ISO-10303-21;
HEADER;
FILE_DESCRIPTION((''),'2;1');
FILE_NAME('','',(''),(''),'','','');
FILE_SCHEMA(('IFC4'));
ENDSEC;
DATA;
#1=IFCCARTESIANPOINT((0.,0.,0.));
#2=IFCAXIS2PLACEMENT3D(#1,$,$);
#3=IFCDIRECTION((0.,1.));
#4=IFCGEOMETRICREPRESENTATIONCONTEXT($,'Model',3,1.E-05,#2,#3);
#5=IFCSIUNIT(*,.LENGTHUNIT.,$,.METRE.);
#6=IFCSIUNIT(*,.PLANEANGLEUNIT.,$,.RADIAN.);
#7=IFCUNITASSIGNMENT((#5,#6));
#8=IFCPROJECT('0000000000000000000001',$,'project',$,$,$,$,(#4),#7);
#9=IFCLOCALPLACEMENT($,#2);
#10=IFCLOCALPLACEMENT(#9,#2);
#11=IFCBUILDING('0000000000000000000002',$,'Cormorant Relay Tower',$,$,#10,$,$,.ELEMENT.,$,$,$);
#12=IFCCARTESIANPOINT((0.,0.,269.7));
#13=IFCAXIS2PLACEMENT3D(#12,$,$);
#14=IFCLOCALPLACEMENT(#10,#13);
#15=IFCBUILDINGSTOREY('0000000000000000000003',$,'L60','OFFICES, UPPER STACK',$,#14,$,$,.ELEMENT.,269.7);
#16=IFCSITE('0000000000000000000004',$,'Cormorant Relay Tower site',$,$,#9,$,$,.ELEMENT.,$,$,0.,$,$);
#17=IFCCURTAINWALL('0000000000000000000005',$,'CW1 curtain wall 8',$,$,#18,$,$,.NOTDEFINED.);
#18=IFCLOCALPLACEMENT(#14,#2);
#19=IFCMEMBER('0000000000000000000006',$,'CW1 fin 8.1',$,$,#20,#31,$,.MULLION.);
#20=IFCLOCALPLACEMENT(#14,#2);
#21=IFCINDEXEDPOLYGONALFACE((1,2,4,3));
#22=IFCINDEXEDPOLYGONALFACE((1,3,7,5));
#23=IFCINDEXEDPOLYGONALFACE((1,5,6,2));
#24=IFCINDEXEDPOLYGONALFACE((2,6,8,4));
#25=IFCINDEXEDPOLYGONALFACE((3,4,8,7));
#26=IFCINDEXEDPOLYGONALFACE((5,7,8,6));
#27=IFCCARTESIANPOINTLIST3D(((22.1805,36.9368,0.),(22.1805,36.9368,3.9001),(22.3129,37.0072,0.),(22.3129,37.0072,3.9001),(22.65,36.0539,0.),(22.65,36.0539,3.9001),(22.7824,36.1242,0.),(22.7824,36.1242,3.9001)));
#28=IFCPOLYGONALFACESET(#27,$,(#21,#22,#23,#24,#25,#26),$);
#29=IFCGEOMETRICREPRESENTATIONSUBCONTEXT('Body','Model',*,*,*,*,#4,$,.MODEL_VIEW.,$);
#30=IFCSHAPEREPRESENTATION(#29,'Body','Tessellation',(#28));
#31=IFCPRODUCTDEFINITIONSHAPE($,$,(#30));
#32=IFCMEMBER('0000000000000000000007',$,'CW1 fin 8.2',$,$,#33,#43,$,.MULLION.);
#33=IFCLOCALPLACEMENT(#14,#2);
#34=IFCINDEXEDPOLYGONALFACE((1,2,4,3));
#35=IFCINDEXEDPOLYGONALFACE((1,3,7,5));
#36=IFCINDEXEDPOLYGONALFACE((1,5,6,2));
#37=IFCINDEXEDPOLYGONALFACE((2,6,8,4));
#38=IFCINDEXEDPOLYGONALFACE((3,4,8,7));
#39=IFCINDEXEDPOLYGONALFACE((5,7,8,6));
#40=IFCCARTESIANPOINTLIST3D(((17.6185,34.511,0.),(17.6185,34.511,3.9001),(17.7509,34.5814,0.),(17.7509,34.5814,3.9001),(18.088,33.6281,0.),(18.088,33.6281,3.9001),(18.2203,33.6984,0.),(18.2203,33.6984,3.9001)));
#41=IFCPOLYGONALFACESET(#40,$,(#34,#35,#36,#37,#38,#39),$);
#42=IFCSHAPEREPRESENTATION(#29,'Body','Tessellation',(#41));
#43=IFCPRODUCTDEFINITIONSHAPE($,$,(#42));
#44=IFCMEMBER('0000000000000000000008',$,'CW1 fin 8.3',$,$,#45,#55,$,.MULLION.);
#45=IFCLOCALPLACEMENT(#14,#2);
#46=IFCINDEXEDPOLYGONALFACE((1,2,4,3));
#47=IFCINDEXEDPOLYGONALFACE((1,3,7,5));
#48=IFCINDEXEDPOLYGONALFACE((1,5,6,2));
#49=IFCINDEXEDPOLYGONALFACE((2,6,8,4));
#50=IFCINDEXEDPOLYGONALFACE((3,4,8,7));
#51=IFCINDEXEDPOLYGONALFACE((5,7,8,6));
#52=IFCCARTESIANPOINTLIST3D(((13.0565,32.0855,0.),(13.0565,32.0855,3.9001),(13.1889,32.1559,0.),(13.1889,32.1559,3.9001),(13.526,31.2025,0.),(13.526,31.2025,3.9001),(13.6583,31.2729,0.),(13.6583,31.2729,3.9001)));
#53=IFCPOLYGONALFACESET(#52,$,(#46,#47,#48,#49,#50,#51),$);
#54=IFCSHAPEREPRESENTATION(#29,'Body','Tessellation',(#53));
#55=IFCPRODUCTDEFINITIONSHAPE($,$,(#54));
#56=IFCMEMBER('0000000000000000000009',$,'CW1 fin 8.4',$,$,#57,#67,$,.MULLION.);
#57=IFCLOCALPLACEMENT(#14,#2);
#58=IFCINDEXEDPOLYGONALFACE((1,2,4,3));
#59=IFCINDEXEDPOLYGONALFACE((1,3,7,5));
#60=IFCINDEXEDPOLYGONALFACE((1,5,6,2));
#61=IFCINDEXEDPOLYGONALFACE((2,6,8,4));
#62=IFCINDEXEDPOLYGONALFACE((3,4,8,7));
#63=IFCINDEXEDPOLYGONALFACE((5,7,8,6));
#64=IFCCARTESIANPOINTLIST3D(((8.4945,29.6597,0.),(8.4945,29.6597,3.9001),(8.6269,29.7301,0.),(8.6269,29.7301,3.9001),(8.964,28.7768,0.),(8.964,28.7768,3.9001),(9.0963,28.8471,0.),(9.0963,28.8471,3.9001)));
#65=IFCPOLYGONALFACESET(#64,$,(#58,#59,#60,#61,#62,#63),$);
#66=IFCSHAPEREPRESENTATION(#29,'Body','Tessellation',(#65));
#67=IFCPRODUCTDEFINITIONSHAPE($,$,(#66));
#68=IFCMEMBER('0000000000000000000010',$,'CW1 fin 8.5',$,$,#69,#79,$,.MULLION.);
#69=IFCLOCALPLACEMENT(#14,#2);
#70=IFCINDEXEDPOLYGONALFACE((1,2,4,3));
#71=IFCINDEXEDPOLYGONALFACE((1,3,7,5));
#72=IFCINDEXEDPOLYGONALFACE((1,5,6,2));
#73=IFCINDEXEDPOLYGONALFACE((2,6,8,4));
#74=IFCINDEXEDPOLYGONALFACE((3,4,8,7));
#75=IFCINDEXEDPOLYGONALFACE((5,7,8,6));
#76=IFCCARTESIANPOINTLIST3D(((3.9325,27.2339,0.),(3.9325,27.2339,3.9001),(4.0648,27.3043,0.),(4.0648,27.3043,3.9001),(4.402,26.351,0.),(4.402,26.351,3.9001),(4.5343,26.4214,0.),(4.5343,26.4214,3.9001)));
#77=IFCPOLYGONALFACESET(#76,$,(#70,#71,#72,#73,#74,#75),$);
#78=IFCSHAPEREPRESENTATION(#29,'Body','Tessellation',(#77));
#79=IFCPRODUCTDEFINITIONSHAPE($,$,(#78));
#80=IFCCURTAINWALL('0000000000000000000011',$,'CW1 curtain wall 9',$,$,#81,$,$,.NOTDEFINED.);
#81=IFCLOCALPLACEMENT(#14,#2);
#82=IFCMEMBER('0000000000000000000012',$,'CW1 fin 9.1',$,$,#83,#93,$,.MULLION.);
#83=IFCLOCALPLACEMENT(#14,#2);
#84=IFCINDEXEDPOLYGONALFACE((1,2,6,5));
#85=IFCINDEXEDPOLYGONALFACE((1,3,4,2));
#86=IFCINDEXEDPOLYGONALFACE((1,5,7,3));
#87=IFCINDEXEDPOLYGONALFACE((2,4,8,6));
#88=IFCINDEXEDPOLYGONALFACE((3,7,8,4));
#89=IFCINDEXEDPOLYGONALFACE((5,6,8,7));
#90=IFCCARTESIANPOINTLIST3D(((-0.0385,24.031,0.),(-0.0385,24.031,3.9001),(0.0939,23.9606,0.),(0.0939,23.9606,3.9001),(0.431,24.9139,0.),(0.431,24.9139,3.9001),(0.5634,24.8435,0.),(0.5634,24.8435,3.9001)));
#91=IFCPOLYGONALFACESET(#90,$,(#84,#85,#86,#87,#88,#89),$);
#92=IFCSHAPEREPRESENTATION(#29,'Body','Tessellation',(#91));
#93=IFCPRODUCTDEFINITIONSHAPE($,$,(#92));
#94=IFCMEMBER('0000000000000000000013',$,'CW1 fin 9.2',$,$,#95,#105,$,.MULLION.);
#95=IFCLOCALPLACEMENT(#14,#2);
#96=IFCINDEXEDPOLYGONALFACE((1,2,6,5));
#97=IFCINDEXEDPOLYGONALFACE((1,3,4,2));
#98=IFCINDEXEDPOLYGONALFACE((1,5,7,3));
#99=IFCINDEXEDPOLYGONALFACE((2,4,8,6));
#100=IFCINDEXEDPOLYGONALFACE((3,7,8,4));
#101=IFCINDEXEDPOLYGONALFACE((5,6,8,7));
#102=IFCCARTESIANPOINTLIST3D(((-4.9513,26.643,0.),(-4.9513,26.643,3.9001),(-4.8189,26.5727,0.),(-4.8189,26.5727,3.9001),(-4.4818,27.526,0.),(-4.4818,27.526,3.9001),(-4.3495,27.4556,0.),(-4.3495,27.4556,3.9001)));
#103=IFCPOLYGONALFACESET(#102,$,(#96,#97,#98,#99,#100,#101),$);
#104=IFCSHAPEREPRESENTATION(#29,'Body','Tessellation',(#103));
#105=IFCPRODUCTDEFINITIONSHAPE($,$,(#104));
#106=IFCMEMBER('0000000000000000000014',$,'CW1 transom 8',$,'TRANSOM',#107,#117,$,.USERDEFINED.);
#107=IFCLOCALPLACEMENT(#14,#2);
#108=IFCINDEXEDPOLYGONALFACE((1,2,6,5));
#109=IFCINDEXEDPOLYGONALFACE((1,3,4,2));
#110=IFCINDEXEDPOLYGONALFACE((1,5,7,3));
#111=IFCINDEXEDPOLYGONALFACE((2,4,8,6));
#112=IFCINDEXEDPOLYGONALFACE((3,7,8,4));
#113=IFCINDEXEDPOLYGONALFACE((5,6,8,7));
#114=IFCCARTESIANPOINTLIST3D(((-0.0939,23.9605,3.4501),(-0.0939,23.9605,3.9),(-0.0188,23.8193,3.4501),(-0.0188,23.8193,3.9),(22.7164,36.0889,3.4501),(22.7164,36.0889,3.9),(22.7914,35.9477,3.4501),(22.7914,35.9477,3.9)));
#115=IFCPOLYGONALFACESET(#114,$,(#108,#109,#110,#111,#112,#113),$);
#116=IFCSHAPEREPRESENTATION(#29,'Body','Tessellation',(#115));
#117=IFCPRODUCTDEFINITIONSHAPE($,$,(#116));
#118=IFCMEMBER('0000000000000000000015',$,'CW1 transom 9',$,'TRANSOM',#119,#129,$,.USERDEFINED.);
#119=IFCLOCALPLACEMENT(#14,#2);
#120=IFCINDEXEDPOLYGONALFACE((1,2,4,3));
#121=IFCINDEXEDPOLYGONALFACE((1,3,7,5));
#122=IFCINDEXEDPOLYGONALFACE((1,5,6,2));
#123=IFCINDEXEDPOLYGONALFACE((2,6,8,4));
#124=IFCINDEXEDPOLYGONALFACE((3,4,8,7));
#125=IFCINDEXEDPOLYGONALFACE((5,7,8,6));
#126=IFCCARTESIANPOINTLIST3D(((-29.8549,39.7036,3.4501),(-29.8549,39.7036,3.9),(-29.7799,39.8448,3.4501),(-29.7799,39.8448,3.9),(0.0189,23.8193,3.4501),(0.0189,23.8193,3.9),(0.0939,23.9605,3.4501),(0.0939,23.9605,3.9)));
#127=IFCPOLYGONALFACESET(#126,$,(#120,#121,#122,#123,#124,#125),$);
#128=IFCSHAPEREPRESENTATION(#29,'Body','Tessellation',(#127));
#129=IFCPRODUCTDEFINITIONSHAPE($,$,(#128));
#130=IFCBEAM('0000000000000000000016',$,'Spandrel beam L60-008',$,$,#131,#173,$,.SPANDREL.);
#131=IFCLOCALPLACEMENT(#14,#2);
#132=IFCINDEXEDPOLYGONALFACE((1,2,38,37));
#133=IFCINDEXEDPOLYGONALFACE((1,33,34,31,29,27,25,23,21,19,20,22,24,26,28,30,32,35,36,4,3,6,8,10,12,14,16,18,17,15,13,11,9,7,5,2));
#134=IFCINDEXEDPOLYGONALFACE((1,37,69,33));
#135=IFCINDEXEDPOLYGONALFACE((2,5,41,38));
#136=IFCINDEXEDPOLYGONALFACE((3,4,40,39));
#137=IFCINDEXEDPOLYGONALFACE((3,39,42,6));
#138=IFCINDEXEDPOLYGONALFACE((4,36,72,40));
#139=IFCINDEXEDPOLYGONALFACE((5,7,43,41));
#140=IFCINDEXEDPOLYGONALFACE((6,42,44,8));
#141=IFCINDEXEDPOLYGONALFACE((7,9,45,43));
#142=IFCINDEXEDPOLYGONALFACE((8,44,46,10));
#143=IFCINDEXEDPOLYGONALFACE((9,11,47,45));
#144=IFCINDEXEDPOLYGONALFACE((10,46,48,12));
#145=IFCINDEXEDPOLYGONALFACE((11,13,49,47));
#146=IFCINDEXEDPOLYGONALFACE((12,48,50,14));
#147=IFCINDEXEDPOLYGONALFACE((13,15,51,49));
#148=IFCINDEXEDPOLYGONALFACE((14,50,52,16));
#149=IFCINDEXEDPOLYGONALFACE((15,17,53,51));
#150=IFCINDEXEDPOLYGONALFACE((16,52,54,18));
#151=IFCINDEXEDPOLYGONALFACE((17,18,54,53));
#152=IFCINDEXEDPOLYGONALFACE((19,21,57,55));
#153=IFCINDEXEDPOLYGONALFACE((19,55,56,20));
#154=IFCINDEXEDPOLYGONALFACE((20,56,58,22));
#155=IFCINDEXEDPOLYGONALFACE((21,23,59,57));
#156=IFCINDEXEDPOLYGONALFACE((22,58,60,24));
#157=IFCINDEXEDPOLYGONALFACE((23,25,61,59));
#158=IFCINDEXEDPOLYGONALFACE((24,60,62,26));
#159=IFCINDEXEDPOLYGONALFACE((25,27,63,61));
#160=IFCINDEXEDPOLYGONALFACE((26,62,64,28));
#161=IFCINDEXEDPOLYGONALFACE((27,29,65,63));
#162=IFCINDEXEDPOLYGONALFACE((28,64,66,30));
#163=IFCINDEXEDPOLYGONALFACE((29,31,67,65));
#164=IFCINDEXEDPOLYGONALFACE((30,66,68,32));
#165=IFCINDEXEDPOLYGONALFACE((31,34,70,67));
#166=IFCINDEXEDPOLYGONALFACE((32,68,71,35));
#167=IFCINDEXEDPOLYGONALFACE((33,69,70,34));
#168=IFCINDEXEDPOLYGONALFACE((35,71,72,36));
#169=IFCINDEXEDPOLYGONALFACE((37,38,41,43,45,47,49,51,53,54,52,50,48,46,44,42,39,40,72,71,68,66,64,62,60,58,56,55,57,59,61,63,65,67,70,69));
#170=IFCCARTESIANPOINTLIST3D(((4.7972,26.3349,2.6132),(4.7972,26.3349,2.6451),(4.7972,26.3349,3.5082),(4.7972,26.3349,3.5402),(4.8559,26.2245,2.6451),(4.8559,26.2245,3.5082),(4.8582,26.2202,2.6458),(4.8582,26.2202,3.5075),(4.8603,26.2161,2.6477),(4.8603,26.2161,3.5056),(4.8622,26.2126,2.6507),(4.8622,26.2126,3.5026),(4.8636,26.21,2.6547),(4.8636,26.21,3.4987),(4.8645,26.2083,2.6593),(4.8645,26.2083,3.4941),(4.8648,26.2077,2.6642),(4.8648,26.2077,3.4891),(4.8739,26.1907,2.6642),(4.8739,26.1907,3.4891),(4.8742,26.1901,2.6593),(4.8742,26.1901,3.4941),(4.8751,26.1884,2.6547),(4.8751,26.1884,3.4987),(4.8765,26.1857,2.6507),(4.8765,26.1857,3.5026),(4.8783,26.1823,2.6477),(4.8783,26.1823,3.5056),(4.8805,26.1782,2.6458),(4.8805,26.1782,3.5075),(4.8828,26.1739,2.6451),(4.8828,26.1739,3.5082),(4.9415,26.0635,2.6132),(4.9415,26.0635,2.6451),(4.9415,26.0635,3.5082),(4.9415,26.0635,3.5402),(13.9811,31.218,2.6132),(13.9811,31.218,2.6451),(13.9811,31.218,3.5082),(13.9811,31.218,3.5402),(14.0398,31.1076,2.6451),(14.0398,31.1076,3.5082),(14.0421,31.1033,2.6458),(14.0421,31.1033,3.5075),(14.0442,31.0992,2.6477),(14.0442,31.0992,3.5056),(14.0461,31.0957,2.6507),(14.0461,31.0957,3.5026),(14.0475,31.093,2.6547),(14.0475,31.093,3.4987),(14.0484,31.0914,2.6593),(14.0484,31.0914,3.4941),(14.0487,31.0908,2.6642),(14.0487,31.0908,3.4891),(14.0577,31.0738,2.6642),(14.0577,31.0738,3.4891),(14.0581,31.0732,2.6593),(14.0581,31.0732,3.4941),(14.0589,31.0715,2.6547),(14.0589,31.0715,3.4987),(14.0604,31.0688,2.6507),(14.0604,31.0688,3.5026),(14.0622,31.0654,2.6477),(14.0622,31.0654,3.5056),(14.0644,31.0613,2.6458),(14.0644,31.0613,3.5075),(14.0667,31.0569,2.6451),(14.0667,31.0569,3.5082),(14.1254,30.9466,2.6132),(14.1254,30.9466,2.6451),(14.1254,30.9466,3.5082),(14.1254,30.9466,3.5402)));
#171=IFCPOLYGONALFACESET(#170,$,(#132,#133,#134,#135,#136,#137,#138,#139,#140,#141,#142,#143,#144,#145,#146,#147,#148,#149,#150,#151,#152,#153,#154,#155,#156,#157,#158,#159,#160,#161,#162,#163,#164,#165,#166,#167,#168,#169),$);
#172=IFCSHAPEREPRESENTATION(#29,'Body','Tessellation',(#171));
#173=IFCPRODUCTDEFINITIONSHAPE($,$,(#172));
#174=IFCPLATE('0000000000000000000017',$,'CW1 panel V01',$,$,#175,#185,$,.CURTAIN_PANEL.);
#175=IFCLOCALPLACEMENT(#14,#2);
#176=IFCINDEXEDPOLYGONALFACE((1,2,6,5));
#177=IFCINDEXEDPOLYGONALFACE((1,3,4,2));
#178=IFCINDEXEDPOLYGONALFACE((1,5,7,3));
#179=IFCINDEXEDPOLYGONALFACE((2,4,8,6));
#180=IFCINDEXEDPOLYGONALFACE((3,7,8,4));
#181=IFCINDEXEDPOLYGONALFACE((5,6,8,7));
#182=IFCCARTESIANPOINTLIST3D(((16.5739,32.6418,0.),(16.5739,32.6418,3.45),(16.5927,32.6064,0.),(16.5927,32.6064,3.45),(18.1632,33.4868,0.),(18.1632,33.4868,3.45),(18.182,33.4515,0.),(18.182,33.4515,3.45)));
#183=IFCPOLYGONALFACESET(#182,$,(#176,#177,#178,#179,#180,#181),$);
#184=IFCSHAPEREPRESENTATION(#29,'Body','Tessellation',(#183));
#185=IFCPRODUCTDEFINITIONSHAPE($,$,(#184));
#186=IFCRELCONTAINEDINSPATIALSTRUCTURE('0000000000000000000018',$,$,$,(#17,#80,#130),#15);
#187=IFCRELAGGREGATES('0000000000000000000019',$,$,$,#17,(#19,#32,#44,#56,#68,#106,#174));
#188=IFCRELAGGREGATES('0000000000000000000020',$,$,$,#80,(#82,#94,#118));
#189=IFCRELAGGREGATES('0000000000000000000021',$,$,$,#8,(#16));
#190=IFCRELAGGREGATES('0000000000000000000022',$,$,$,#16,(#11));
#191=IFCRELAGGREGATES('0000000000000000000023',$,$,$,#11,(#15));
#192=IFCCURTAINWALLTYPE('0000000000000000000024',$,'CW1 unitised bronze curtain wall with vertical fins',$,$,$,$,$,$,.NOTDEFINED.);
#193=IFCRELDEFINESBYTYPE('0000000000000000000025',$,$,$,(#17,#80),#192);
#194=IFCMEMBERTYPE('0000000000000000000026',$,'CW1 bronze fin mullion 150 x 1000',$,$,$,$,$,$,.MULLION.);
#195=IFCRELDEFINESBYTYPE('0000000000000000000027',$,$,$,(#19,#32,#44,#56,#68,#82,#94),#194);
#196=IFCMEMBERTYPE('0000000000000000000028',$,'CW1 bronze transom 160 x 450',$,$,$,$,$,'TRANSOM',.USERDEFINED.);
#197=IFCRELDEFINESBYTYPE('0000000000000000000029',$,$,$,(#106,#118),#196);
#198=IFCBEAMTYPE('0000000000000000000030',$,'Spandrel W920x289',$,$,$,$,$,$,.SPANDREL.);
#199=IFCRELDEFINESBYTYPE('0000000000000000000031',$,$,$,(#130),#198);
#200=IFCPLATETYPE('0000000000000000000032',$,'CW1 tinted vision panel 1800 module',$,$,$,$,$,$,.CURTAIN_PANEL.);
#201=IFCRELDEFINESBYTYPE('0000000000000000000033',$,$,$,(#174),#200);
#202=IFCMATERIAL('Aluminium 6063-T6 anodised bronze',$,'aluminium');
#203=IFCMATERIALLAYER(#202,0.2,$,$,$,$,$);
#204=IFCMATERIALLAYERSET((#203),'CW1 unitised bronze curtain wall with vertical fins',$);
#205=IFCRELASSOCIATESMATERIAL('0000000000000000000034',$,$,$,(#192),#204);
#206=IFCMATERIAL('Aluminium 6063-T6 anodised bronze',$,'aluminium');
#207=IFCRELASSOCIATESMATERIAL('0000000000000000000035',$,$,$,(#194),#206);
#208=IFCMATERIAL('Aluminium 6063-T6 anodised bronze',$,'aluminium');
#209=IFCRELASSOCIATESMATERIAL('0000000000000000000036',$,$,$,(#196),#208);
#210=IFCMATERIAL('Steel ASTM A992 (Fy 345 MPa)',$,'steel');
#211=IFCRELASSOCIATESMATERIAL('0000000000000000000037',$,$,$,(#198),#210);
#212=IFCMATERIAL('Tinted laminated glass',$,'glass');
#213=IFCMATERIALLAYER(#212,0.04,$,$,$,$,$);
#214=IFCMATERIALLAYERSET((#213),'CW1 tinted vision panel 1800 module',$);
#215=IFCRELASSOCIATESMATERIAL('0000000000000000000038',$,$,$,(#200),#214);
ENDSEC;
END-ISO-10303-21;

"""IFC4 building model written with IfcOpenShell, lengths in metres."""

from ifc_helpers import new_model, si_unit, direction, frame, origin, origin_2d, place, context, subcontext, project, spatial, rectangle, i_section, extrude, material, layer, layer_set, material_profile, profile_set, type_object, element, aggregate, save


model = new_model("IFC4")

# Units and contexts
model_context = context("Model", 3, precision=1e-05, world=origin(), true_north=direction((0.0, 1.0)))
body_context = subcontext(model_context, "Body", "Model", "MODEL_VIEW")
ifc_project = project(units=[si_unit("LENGTHUNIT", "METRE"), si_unit("PLANEANGLEUNIT", "RADIAN")], contexts=[model_context])

# Site, building, storey
site_placement = place(None, origin())
site = spatial("IfcSite", under=ifc_project, at=site_placement, Name="Cormorant Relay Tower site", CompositionType="ELEMENT", RefElevation=0.0)
building_placement = place(site_placement, origin())
building = spatial("IfcBuilding", under=site, at=building_placement, Name="Cormorant Relay Tower", CompositionType="ELEMENT")
storey_placement = place(building_placement, frame((0.0, 0.0, 269.7)))
storey = spatial("IfcBuildingStorey", under=building, at=storey_placement, Name="L60", Description="OFFICES, UPPER STACK", CompositionType="ELEMENT", Elevation=269.7)

# Curtain walls, members
ifc_material_1 = material(Name="Aluminium 6063-T6 anodised bronze", Category="aluminium")
ifc_layer_1 = layer(ifc_material_1, 0.2)
ifc_layer_set_1 = layer_set([ifc_layer_1], Name="CW1 unitised bronze curtain wall with vertical fins")
curtain_wall_type = type_object("IfcCurtainWallType", Name="CW1 unitised bronze curtain wall with vertical fins", PredefinedType="NOTDEFINED", material=ifc_layer_set_1)
curtain_wall_1_placement = place(storey_placement, origin())
curtain_wall_1 = element("IfcCurtainWall", 1, at=curtain_wall_1_placement, inside=storey, type_object=curtain_wall_type, Name="CW1 curtain wall 8", PredefinedType="NOTDEFINED")
ifc_material_2 = material(Name="Aluminium 6063-T6 anodised bronze", Category="aluminium")
ifc_material_profile_1 = material_profile(ifc_material_2, rectangle(XDim=0.1499, YDim=1.0, at=origin_2d()), Name="AL 150x1000")
ifc_profile_set_1 = profile_set([ifc_material_profile_1], Name="Aluminium 6063-T6 anodised bronze")
member_type_1 = type_object("IfcMemberType", Name="CW1 bronze fin mullion 150 x 1000", PredefinedType="MULLION", material=ifc_profile_set_1)
member_1_placement = place(storey_placement, frame((22.4814, 36.5305, 0.0), z_axis=(0.0, 0.0, 1.0), x_axis=(-0.882948, -0.469472, 0.0)))
member_1 = element("IfcMember", 2, at=member_1_placement, type_object=member_type_1, Name="CW1 fin 8.1", PredefinedType="MULLION", context=body_context, shape_type="SweptSolid", body=[
    extrude(rectangle(XDim=0.1499, YDim=1.0, at=origin_2d()), origin(), (0.0, 0.0, 1.0), 3.9001),
])
member_2_placement = place(storey_placement, frame((17.9194, 34.1047, 0.0), z_axis=(0.0, 0.0, 1.0), x_axis=(-0.882948, -0.469472, 0.0)))
member_2 = element("IfcMember", 3, at=member_2_placement, type_object=member_type_1, Name="CW1 fin 8.2", PredefinedType="MULLION", context=body_context, shape_type="SweptSolid", body=[
    extrude(rectangle(XDim=0.1499, YDim=1.0, at=origin_2d()), origin(), (0.0, 0.0, 1.0), 3.9001),
])
member_3_placement = place(storey_placement, frame((13.3574, 31.6792, 0.0), z_axis=(0.0, 0.0, 1.0), x_axis=(-0.882948, -0.469472, 0.0)))
member_3 = element("IfcMember", 4, at=member_3_placement, type_object=member_type_1, Name="CW1 fin 8.3", PredefinedType="MULLION", context=body_context, shape_type="SweptSolid", body=[
    extrude(rectangle(XDim=0.1499, YDim=1.0, at=origin_2d()), origin(), (0.0, 0.0, 1.0), 3.9001),
])
member_4_placement = place(storey_placement, frame((8.7954, 29.2534, 0.0), z_axis=(0.0, 0.0, 1.0), x_axis=(-0.882948, -0.469472, 0.0)))
member_4 = element("IfcMember", 5, at=member_4_placement, type_object=member_type_1, Name="CW1 fin 8.4", PredefinedType="MULLION", context=body_context, shape_type="SweptSolid", body=[
    extrude(rectangle(XDim=0.1499, YDim=1.0, at=origin_2d()), origin(), (0.0, 0.0, 1.0), 3.9001),
])
member_5_placement = place(storey_placement, frame((4.2334, 26.8276, 0.0), z_axis=(0.0, 0.0, 1.0), x_axis=(-0.882948, -0.469472, 0.0)))
member_5 = element("IfcMember", 6, at=member_5_placement, type_object=member_type_1, Name="CW1 fin 8.5", PredefinedType="MULLION", context=body_context, shape_type="SweptSolid", body=[
    extrude(rectangle(XDim=0.1499, YDim=1.0, at=origin_2d()), origin(), (0.0, 0.0, 1.0), 3.9001),
])
curtain_wall_2_placement = place(storey_placement, origin())
curtain_wall_2 = element("IfcCurtainWall", 7, at=curtain_wall_2_placement, inside=storey, type_object=curtain_wall_type, Name="CW1 curtain wall 9", PredefinedType="NOTDEFINED")
member_6_placement = place(storey_placement, frame((0.2625, 24.4373, 0.0), z_axis=(0.0, 0.0, 1.0), x_axis=(-0.882948, 0.469472, 0.0)))
member_6 = element("IfcMember", 8, at=member_6_placement, type_object=member_type_1, Name="CW1 fin 9.1", PredefinedType="MULLION", context=body_context, shape_type="SweptSolid", body=[
    extrude(rectangle(XDim=0.1499, YDim=1.0, at=origin_2d()), origin(), (0.0, 0.0, 1.0), 3.9001),
])
member_7_placement = place(storey_placement, frame((-4.6504, 27.0493, 0.0), z_axis=(0.0, 0.0, 1.0), x_axis=(-0.882948, 0.469472, 0.0)))
member_7 = element("IfcMember", 9, at=member_7_placement, type_object=member_type_1, Name="CW1 fin 9.2", PredefinedType="MULLION", context=body_context, shape_type="SweptSolid", body=[
    extrude(rectangle(XDim=0.1499, YDim=1.0, at=origin_2d()), origin(), (0.0, 0.0, 1.0), 3.9001),
])

# Members
ifc_material_3 = material(Name="Aluminium 6063-T6 anodised bronze", Category="aluminium")
ifc_material_profile_2 = material_profile(ifc_material_3, rectangle(XDim=0.1599, YDim=0.45, at=origin_2d()), Name="AL 160x450")
ifc_profile_set_2 = profile_set([ifc_material_profile_2], Name="Aluminium 6063-T6 anodised bronze")
member_type_2 = type_object("IfcMemberType", Name="CW1 bronze transom 160 x 450", ElementType="TRANSOM", PredefinedType="USERDEFINED", material=ifc_profile_set_2)
member_8_placement = place(storey_placement, frame((22.7539, 36.0183, 3.675), z_axis=(-0.882948, -0.469471, 0.0), x_axis=(0.469471, -0.882948, 0.0)))
member_8 = element("IfcMember", 10, at=member_8_placement, type_object=member_type_2, Name="CW1 transom 8", ObjectType="TRANSOM", PredefinedType="USERDEFINED", context=body_context, shape_type="SweptSolid", body=[
    extrude(rectangle(XDim=0.1599, YDim=0.45, at=origin_2d()), origin(), (0.0, 0.0, 1.0), 25.8342),
])
member_9_placement = place(storey_placement, frame((0.0564, 23.8899, 3.675), z_axis=(-0.882946, 0.469474, 0.0), x_axis=(-0.469474, -0.882946, 0.0)))
member_9 = element("IfcMember", 11, at=member_9_placement, type_object=member_type_2, Name="CW1 transom 9", ObjectType="TRANSOM", PredefinedType="USERDEFINED", context=body_context, shape_type="SweptSolid", body=[
    extrude(rectangle(XDim=0.1599, YDim=0.45, at=origin_2d()), origin(), (0.0, 0.0, 1.0), 33.8342),
])

# Beam
ifc_material_4 = material(Name="Steel ASTM A992 (Fy 345 MPa)", Category="steel")
ifc_material_profile_3 = material_profile(ifc_material_4, i_section(OverallWidth=0.3074, OverallDepth=0.927, WebThickness=0.0193, FlangeThickness=0.032, FilletRadius=0.019, at=origin_2d()), Name="W920x289")
ifc_profile_set_3 = profile_set([ifc_material_profile_3], Name="Steel ASTM A992 (Fy 345 MPa)")
beam_type = type_object("IfcBeamType", Name="Spandrel W920x289", PredefinedType="SPANDREL", material=ifc_profile_set_3)
beam_placement = place(storey_placement, frame((14.0532, 31.0823, 3.0767), z_axis=(-0.882951, -0.469466, 0.0), x_axis=(0.469466, -0.882951, 0.0)))
element("IfcBeam", 12, at=beam_placement, inside=storey, type_object=beam_type, Name="Spandrel beam L60-008", PredefinedType="SPANDREL", context=body_context, shape_type="SweptSolid", body=[
    extrude(i_section(OverallWidth=0.3074, OverallDepth=0.927, WebThickness=0.0193, FlangeThickness=0.032, FilletRadius=0.019, at=origin_2d()), origin(), (0.0, 0.0, 1.0), 10.4014),
])

# Plate
ifc_material_5 = material(Name="Tinted laminated glass", Category="glass")
ifc_layer_2 = layer(ifc_material_5, 0.04)
ifc_layer_set_2 = layer_set([ifc_layer_2], Name="CW1 tinted vision panel 1800 module")
plate_type_1 = type_object("IfcPlateType", Name="CW1 tinted vision panel 1800 module", PredefinedType="CURTAIN_PANEL", material=ifc_layer_set_2)
plate_1_placement = place(storey_placement, frame((17.3779, 33.0466, 0.0), z_axis=(0.0, 0.0, 1.0), x_axis=(-0.882948, -0.469472, 0.0)))
plate_1 = element("IfcPlate", 13, at=plate_1_placement, type_object=plate_type_1, Name="CW1 panel V01", PredefinedType="CURTAIN_PANEL", context=body_context, shape_type="SweptSolid", body=[
    extrude(rectangle(XDim=1.8, YDim=0.04, at=origin_2d()), origin(), (0.0, 0.0, 1.0), 3.45),
])

aggregate(curtain_wall_1, [member_1, member_2, member_3, member_4, member_5, member_8, plate_1])
aggregate(curtain_wall_2, [member_6, member_7, member_9])

save(model, "model.ifc")
